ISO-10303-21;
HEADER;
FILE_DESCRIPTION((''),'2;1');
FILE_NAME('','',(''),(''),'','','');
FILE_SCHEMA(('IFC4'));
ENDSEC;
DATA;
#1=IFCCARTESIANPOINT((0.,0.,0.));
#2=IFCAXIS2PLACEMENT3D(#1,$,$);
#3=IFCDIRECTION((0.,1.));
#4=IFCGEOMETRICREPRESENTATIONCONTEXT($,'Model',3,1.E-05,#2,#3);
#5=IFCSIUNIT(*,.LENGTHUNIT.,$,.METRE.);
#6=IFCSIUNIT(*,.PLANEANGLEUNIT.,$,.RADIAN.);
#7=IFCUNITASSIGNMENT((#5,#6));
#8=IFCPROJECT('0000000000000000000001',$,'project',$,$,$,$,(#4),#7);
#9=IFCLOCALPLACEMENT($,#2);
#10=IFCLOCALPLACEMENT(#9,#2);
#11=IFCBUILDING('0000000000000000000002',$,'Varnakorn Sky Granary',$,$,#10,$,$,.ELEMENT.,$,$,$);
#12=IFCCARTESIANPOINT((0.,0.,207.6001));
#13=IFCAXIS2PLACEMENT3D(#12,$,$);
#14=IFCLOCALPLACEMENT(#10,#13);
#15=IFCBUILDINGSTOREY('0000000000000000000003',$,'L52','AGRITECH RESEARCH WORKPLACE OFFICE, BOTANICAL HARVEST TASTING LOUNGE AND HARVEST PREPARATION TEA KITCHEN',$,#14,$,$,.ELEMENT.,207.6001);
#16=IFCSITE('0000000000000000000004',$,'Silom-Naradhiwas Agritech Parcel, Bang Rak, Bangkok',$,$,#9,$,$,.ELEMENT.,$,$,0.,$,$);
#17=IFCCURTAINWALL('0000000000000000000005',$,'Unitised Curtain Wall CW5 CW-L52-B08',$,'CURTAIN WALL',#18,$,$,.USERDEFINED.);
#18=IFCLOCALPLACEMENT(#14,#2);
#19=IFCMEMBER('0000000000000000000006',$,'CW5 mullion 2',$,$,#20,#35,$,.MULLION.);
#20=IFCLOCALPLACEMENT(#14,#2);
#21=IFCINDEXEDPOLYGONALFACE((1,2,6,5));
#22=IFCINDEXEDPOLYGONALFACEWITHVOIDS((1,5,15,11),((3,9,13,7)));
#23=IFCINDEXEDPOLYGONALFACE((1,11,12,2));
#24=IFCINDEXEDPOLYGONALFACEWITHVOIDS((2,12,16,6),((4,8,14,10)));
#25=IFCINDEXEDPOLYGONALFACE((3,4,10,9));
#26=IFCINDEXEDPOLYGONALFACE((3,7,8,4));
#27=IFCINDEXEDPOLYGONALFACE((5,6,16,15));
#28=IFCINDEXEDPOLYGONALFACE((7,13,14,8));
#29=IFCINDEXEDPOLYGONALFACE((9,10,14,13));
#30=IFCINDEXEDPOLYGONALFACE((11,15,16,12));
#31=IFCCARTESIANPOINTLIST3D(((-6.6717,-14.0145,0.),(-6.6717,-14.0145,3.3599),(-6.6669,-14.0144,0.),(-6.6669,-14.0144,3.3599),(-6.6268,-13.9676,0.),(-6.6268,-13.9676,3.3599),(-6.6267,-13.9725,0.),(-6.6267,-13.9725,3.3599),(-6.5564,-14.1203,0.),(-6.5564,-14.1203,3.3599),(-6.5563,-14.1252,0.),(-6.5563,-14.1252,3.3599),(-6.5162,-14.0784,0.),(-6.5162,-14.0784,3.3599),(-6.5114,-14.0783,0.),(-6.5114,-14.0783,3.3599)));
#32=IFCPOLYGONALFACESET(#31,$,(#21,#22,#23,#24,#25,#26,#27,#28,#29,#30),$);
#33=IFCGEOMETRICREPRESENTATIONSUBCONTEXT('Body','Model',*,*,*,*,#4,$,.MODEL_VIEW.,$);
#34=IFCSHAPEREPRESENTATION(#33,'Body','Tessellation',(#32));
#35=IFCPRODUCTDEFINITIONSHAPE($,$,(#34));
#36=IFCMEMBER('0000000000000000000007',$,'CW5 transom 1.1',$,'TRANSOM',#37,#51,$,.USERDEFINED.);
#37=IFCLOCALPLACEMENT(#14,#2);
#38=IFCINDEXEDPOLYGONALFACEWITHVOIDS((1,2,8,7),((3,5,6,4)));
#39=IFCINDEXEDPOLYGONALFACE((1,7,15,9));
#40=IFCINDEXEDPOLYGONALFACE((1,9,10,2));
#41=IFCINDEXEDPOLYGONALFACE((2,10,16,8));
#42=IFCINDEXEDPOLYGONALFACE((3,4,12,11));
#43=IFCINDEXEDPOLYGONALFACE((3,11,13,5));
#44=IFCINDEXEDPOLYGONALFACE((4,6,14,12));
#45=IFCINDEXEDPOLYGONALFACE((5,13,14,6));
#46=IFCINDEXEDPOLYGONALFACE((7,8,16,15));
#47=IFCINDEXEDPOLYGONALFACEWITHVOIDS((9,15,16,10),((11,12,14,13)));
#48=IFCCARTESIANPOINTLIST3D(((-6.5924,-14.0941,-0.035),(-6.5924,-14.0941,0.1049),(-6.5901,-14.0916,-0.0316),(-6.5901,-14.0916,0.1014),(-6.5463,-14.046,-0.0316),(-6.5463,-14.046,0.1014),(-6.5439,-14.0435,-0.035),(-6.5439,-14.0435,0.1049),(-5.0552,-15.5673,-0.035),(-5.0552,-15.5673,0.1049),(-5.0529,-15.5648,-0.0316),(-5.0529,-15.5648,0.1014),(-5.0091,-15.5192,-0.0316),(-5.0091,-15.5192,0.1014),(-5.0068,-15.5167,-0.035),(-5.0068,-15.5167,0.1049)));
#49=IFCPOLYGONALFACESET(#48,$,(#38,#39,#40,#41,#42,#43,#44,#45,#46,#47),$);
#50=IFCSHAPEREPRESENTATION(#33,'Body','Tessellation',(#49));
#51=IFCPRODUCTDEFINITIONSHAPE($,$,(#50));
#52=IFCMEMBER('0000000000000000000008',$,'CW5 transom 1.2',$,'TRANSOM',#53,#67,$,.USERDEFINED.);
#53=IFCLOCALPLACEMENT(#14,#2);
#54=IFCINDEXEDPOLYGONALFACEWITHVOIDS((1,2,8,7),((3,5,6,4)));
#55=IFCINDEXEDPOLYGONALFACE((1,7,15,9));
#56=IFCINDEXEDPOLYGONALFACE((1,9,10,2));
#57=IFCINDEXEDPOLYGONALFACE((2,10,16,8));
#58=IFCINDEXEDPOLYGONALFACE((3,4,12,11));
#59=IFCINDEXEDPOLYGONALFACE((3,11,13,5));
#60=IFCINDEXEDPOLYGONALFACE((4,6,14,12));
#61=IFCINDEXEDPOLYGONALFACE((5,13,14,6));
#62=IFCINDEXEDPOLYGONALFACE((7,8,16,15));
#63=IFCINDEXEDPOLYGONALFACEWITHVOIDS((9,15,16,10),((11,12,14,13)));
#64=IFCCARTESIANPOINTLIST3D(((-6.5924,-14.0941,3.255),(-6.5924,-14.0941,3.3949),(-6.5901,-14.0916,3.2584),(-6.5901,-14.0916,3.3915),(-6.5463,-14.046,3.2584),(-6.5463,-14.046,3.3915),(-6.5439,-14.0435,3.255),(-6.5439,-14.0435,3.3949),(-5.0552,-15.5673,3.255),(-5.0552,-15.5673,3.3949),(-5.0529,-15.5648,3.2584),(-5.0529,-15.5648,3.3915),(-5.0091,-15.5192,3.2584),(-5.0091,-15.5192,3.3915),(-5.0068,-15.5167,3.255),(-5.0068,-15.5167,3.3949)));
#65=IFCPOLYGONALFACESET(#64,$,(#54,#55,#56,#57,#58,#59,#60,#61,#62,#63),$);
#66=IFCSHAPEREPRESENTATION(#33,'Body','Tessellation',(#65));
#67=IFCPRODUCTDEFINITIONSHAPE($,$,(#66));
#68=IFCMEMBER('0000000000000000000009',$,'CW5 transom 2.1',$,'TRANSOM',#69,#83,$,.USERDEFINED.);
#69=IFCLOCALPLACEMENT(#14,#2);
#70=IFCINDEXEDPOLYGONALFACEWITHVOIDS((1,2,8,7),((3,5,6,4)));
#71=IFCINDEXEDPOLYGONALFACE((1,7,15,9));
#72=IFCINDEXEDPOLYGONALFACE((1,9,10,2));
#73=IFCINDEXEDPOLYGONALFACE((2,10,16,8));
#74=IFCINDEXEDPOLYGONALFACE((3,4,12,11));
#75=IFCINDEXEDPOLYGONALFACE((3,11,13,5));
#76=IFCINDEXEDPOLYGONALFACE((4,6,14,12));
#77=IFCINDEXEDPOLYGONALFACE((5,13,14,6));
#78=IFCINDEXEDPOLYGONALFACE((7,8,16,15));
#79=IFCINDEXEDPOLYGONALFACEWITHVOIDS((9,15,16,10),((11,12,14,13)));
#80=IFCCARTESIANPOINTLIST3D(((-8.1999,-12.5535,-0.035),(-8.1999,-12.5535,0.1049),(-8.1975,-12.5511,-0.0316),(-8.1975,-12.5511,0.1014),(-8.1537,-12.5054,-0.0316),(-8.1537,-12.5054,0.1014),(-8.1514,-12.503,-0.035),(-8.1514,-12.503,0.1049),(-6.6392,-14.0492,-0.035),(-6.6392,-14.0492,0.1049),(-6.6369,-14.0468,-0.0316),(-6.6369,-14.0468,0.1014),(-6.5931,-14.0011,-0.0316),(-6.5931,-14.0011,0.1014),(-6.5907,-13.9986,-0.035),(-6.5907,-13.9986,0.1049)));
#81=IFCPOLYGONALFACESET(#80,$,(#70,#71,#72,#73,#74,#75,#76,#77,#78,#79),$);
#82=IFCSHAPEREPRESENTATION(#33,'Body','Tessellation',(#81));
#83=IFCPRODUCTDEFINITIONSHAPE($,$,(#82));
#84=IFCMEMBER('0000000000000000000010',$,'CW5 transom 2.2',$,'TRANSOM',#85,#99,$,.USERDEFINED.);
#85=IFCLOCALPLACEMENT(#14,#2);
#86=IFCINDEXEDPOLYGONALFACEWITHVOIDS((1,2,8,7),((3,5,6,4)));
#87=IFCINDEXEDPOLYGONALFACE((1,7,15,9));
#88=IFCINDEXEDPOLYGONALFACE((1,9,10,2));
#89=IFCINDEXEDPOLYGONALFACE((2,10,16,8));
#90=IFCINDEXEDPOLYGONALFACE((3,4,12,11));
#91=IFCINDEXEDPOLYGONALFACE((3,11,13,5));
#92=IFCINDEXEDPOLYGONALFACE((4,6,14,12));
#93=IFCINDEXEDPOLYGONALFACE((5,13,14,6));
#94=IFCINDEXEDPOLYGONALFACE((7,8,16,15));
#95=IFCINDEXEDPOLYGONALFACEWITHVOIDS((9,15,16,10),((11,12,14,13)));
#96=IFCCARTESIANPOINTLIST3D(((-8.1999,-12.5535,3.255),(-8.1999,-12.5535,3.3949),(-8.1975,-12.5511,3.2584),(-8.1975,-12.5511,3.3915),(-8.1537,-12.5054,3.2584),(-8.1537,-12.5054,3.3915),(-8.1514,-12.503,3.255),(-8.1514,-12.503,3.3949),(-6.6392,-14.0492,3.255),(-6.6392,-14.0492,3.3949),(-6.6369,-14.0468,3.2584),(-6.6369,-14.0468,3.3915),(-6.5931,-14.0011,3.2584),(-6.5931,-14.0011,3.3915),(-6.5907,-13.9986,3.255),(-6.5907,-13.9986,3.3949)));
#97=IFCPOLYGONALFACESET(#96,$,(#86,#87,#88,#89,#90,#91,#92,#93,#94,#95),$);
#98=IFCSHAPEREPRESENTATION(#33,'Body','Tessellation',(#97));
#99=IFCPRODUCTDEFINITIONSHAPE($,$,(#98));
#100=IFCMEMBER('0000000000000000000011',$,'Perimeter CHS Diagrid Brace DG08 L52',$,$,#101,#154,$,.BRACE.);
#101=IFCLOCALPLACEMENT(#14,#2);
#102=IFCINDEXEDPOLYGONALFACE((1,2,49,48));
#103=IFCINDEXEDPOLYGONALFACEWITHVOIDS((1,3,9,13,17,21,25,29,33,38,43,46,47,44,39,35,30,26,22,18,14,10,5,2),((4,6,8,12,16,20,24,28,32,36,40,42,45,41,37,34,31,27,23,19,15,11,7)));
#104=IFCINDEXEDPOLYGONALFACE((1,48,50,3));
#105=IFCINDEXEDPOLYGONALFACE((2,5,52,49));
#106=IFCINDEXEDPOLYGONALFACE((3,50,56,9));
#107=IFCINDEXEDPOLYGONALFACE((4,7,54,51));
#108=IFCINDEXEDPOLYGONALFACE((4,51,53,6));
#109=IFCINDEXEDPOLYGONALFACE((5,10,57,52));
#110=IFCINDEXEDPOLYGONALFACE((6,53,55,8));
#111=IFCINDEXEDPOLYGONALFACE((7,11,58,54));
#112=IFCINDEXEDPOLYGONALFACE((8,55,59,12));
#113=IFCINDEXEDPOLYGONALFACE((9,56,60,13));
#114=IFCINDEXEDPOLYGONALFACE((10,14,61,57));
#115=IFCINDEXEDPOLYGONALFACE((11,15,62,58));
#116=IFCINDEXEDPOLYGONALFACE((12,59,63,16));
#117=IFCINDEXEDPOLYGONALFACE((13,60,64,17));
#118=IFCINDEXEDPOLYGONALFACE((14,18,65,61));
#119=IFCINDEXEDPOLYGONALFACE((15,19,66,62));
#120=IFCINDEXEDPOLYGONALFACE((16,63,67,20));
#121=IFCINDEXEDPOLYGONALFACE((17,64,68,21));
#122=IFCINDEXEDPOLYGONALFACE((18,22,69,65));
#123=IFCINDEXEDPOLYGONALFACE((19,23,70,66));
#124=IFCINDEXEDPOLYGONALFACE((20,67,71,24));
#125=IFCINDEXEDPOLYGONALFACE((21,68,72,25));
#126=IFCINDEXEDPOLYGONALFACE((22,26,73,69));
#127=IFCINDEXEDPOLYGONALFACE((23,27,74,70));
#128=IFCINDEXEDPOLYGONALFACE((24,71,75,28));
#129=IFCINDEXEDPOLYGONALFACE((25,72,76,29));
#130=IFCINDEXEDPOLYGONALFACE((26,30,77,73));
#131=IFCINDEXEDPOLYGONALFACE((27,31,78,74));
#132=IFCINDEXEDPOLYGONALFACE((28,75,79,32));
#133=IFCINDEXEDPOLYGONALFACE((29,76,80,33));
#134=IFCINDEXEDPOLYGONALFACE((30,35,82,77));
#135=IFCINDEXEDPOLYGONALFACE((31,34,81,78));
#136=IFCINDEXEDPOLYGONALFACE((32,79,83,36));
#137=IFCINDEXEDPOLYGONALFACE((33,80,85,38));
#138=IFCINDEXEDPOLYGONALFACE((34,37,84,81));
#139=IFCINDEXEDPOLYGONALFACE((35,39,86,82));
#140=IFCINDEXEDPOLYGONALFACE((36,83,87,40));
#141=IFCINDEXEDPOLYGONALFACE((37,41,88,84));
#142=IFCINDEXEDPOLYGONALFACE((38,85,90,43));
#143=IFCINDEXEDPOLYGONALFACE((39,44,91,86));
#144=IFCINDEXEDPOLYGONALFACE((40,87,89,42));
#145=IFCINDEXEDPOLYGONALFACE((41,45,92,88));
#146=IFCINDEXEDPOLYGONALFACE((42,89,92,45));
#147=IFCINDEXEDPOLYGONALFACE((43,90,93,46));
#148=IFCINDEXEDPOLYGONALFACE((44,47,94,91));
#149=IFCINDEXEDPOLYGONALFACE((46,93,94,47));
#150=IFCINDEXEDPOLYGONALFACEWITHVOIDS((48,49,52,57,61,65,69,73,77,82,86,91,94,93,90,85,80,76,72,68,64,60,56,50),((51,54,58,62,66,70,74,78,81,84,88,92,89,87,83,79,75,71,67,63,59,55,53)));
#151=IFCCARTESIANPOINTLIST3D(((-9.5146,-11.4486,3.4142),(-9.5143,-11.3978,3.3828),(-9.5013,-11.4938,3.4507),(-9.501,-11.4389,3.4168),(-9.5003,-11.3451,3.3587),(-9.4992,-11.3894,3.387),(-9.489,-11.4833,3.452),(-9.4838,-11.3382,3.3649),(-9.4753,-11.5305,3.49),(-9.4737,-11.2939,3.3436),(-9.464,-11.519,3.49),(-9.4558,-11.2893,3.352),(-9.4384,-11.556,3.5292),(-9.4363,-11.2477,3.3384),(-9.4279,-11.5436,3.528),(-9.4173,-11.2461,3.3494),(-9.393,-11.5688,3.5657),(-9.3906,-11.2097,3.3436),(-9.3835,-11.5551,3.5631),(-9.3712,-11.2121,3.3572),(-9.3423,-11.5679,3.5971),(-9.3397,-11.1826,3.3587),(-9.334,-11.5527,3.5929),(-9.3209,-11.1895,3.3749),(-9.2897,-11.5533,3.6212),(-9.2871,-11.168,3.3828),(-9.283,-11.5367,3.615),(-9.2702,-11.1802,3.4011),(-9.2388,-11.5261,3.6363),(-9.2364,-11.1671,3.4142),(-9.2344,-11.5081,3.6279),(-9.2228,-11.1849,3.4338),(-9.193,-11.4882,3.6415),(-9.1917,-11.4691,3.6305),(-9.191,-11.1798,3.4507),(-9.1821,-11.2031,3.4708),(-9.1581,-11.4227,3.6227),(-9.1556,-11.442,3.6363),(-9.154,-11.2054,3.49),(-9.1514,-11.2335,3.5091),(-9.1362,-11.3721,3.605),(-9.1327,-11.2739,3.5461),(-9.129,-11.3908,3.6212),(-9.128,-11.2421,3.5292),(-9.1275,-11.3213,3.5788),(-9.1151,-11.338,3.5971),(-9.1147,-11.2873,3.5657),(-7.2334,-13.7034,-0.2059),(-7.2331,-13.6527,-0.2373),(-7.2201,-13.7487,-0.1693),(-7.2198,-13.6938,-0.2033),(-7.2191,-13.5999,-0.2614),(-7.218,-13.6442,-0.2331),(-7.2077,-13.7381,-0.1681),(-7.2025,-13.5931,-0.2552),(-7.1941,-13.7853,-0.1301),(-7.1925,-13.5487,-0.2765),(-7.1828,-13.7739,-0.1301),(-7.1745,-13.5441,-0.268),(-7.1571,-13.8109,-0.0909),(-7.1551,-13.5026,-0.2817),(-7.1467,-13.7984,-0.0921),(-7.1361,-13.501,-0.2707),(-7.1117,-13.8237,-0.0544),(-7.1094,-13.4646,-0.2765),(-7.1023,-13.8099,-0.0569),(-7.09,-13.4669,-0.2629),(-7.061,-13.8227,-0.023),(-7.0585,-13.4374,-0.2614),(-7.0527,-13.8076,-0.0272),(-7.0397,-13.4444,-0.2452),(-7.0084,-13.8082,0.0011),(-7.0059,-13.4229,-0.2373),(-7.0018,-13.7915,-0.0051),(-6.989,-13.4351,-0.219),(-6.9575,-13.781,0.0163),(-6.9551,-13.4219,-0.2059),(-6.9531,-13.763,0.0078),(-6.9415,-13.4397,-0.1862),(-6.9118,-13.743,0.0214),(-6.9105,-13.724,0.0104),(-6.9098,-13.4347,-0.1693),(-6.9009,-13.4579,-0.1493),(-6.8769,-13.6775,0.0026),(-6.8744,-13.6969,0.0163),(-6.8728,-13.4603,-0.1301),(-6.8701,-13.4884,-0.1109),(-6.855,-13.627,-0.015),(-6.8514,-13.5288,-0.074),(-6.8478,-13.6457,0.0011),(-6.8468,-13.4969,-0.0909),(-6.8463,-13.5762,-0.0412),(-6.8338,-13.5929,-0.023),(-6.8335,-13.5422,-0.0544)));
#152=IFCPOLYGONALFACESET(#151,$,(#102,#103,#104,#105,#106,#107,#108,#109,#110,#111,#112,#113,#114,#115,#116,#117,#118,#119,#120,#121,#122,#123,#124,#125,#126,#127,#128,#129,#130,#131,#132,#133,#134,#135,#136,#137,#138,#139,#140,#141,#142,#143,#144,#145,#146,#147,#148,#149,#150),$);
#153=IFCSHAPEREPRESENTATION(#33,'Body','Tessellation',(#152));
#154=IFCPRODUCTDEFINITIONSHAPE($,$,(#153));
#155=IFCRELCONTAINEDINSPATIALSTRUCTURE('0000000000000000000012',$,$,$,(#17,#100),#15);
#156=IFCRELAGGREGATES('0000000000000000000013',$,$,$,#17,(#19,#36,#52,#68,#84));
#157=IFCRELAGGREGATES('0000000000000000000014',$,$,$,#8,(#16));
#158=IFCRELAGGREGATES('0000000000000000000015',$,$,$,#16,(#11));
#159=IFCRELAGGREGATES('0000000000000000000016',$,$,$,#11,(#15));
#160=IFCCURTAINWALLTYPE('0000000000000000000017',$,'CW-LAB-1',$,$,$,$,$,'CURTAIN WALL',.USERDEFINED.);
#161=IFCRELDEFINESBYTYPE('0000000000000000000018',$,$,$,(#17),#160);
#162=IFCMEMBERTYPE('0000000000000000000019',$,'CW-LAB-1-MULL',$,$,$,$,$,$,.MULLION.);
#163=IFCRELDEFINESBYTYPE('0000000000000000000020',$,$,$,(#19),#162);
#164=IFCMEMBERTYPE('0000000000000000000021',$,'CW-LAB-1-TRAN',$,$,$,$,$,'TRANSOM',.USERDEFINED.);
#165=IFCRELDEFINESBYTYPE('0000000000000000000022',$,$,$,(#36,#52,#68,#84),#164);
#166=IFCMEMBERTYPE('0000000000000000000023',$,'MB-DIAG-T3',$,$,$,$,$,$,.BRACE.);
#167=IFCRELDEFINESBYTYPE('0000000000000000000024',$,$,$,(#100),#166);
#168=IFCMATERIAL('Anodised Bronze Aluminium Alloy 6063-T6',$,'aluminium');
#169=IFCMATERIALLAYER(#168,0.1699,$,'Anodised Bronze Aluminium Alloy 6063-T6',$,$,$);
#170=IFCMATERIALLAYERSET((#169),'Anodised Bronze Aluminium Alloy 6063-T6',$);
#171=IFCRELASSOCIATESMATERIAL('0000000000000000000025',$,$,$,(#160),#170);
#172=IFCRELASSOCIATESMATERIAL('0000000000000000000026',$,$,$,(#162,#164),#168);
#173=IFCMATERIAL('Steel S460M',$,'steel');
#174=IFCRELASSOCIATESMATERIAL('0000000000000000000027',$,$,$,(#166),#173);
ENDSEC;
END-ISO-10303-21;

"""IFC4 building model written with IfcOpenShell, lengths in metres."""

from ifc_helpers import new_model, si_unit, direction, frame, origin, origin_2d, place, context, subcontext, project, spatial, hollow_rectangle, hollow_circle, extrude, material, layer, layer_set, material_profile, profile_set, type_object, element, aggregate, save


model = new_model("IFC4")

# Units and contexts
model_context = context("Model", 3, precision=1e-05, world=origin(), true_north=direction((0.0, 1.0)))
body_context = subcontext(model_context, "Body", "Model", "MODEL_VIEW")
ifc_project = project(units=[si_unit("LENGTHUNIT", "METRE"), si_unit("PLANEANGLEUNIT", "RADIAN")], contexts=[model_context])

# Site, building, storey
site_placement = place(None, origin())
site = spatial("IfcSite", under=ifc_project, at=site_placement, Name="Silom-Naradhiwas Agritech Parcel, Bang Rak, Bangkok", CompositionType="ELEMENT", RefElevation=0.0)
building_placement = place(site_placement, origin())
building = spatial("IfcBuilding", under=site, at=building_placement, Name="Varnakorn Sky Granary", CompositionType="ELEMENT")
storey_placement = place(building_placement, frame((0.0, 0.0, 207.6001)))
storey = spatial("IfcBuildingStorey", under=building, at=storey_placement, Name="L52", Description="AGRITECH RESEARCH WORKPLACE OFFICE, BOTANICAL HARVEST TASTING LOUNGE AND HARVEST PREPARATION TEA KITCHEN", CompositionType="ELEMENT", Elevation=207.6001)

# Shared definitions
ifc_material_1 = material(Name="Steel S460M", Category="steel")

# Curtain wall, members
ifc_material_2 = material(Name="Anodised Bronze Aluminium Alloy 6063-T6", Category="aluminium")
ifc_layer_1 = layer(ifc_material_2, 0.1699, Name="Anodised Bronze Aluminium Alloy 6063-T6")
ifc_layer_set_1 = layer_set([ifc_layer_1], Name="Anodised Bronze Aluminium Alloy 6063-T6")
curtain_wall_type = type_object("IfcCurtainWallType", Name="CW-LAB-1", ElementType="CURTAIN WALL", PredefinedType="USERDEFINED", material=ifc_layer_set_1)
curtain_wall_placement = place(storey_placement, origin())
curtain_wall = element("IfcCurtainWall", 1, at=curtain_wall_placement, inside=storey, type_object=curtain_wall_type, Name="Unitised Curtain Wall CW5 CW-L52-B08", ObjectType="CURTAIN WALL", PredefinedType="USERDEFINED")
ifc_material_profile_1 = material_profile(ifc_material_2, hollow_rectangle(XDim=0.0649, YDim=0.1599, WallThickness=0.0034, at=origin_2d()), Name="ALU MULL 65x160")
ifc_profile_set_1 = profile_set([ifc_material_profile_1], Name="Anodised Bronze Aluminium Alloy 6063-T6")
member_type_1 = type_object("IfcMemberType", Name="CW-LAB-1-MULL", PredefinedType="MULLION", material=ifc_profile_set_1)
member_1_placement = place(storey_placement, frame((-6.5916, -14.0464, 0.0), z_axis=(0.0, 0.0, 1.0), x_axis=(-0.691923, -0.721971, 0.0)))
member_1 = element("IfcMember", 2, at=member_1_placement, type_object=member_type_1, Name="CW5 mullion 2", PredefinedType="MULLION", context=body_context, shape_type="SweptSolid", body=[
    extrude(hollow_rectangle(XDim=0.0649, YDim=0.1599, WallThickness=0.0034, at=origin_2d()), origin(), (0.0, 0.0, 1.0), 3.3599),
])
ifc_material_profile_2 = material_profile(ifc_material_2, hollow_rectangle(XDim=0.0701, YDim=0.1399, WallThickness=0.0034, at=origin_2d()), Name="ALU TRAN 70x140")
ifc_profile_set_2 = profile_set([ifc_material_profile_2], Name="Anodised Bronze Aluminium Alloy 6063-T6")
member_type_2 = type_object("IfcMemberType", Name="CW-LAB-1-TRAN", ElementType="TRANSOM", PredefinedType="USERDEFINED", material=ifc_profile_set_2)
member_2_placement = place(storey_placement, frame((-5.031, -15.542, 0.0349), z_axis=(-0.721969, 0.691925, 0.0), x_axis=(-0.691925, -0.721969, 0.0)))
member_2 = element("IfcMember", 3, at=member_2_placement, type_object=member_type_2, Name="CW5 transom 1.1", ObjectType="TRANSOM", PredefinedType="USERDEFINED", context=body_context, shape_type="SweptSolid", body=[
    extrude(hollow_rectangle(XDim=0.0701, YDim=0.1399, WallThickness=0.0034, at=origin_2d()), origin(), (0.0, 0.0, 1.0), 2.1292),
])
member_3_placement = place(storey_placement, frame((-5.031, -15.542, 3.325), z_axis=(-0.721969, 0.691925, 0.0), x_axis=(-0.691925, -0.721969, 0.0)))
member_3 = element("IfcMember", 4, at=member_3_placement, type_object=member_type_2, Name="CW5 transom 1.2", ObjectType="TRANSOM", PredefinedType="USERDEFINED", context=body_context, shape_type="SweptSolid", body=[
    extrude(hollow_rectangle(XDim=0.0701, YDim=0.1399, WallThickness=0.0034, at=origin_2d()), origin(), (0.0, 0.0, 1.0), 2.1292),
])
member_4_placement = place(storey_placement, frame((-6.615, -14.0239, 0.0349), z_axis=(-0.721969, 0.691925, 0.0), x_axis=(-0.691925, -0.721969, 0.0)))
member_4 = element("IfcMember", 5, at=member_4_placement, type_object=member_type_2, Name="CW5 transom 2.1", ObjectType="TRANSOM", PredefinedType="USERDEFINED", context=body_context, shape_type="SweptSolid", body=[
    extrude(hollow_rectangle(XDim=0.0701, YDim=0.1399, WallThickness=0.0034, at=origin_2d()), origin(), (0.0, 0.0, 1.0), 2.1616),
])
member_5_placement = place(storey_placement, frame((-6.615, -14.0239, 3.325), z_axis=(-0.721969, 0.691925, 0.0), x_axis=(-0.691925, -0.721969, 0.0)))
member_5 = element("IfcMember", 6, at=member_5_placement, type_object=member_type_2, Name="CW5 transom 2.2", ObjectType="TRANSOM", PredefinedType="USERDEFINED", context=body_context, shape_type="SweptSolid", body=[
    extrude(hollow_rectangle(XDim=0.0701, YDim=0.1399, WallThickness=0.0034, at=origin_2d()), origin(), (0.0, 0.0, 1.0), 2.1616),
])

# Member
ifc_material_profile_3 = material_profile(ifc_material_1, hollow_circle(Radius=0.2285, WallThickness=0.0161, at=origin_2d()), Name="CHS 457x16")
ifc_profile_set_3 = profile_set([ifc_material_profile_3], Name="Steel S460M")
member_type_3 = type_object("IfcMemberType", Name="MB-DIAG-T3", PredefinedType="BRACE", material=ifc_profile_set_3)
member_6_placement = place(storey_placement, frame((-7.0334, -13.6228, -0.1301), z_axis=(-0.471652, 0.466201, 0.748466), x_axis=(-0.702985, -0.711205, 0.0)))
element("IfcMember", 7, at=member_6_placement, inside=storey, type_object=member_type_3, Name="Perimeter CHS Diagrid Brace DG08 L52", PredefinedType="BRACE", context=body_context, shape_type="SweptSolid", body=[
    extrude(hollow_circle(Radius=0.2285, WallThickness=0.0161, at=origin_2d()), origin(), (0.0, 0.0, 1.0), 4.8367),
])

aggregate(curtain_wall, [member_1, member_2, member_3, member_4, member_5])

save(model, "model.ifc")
